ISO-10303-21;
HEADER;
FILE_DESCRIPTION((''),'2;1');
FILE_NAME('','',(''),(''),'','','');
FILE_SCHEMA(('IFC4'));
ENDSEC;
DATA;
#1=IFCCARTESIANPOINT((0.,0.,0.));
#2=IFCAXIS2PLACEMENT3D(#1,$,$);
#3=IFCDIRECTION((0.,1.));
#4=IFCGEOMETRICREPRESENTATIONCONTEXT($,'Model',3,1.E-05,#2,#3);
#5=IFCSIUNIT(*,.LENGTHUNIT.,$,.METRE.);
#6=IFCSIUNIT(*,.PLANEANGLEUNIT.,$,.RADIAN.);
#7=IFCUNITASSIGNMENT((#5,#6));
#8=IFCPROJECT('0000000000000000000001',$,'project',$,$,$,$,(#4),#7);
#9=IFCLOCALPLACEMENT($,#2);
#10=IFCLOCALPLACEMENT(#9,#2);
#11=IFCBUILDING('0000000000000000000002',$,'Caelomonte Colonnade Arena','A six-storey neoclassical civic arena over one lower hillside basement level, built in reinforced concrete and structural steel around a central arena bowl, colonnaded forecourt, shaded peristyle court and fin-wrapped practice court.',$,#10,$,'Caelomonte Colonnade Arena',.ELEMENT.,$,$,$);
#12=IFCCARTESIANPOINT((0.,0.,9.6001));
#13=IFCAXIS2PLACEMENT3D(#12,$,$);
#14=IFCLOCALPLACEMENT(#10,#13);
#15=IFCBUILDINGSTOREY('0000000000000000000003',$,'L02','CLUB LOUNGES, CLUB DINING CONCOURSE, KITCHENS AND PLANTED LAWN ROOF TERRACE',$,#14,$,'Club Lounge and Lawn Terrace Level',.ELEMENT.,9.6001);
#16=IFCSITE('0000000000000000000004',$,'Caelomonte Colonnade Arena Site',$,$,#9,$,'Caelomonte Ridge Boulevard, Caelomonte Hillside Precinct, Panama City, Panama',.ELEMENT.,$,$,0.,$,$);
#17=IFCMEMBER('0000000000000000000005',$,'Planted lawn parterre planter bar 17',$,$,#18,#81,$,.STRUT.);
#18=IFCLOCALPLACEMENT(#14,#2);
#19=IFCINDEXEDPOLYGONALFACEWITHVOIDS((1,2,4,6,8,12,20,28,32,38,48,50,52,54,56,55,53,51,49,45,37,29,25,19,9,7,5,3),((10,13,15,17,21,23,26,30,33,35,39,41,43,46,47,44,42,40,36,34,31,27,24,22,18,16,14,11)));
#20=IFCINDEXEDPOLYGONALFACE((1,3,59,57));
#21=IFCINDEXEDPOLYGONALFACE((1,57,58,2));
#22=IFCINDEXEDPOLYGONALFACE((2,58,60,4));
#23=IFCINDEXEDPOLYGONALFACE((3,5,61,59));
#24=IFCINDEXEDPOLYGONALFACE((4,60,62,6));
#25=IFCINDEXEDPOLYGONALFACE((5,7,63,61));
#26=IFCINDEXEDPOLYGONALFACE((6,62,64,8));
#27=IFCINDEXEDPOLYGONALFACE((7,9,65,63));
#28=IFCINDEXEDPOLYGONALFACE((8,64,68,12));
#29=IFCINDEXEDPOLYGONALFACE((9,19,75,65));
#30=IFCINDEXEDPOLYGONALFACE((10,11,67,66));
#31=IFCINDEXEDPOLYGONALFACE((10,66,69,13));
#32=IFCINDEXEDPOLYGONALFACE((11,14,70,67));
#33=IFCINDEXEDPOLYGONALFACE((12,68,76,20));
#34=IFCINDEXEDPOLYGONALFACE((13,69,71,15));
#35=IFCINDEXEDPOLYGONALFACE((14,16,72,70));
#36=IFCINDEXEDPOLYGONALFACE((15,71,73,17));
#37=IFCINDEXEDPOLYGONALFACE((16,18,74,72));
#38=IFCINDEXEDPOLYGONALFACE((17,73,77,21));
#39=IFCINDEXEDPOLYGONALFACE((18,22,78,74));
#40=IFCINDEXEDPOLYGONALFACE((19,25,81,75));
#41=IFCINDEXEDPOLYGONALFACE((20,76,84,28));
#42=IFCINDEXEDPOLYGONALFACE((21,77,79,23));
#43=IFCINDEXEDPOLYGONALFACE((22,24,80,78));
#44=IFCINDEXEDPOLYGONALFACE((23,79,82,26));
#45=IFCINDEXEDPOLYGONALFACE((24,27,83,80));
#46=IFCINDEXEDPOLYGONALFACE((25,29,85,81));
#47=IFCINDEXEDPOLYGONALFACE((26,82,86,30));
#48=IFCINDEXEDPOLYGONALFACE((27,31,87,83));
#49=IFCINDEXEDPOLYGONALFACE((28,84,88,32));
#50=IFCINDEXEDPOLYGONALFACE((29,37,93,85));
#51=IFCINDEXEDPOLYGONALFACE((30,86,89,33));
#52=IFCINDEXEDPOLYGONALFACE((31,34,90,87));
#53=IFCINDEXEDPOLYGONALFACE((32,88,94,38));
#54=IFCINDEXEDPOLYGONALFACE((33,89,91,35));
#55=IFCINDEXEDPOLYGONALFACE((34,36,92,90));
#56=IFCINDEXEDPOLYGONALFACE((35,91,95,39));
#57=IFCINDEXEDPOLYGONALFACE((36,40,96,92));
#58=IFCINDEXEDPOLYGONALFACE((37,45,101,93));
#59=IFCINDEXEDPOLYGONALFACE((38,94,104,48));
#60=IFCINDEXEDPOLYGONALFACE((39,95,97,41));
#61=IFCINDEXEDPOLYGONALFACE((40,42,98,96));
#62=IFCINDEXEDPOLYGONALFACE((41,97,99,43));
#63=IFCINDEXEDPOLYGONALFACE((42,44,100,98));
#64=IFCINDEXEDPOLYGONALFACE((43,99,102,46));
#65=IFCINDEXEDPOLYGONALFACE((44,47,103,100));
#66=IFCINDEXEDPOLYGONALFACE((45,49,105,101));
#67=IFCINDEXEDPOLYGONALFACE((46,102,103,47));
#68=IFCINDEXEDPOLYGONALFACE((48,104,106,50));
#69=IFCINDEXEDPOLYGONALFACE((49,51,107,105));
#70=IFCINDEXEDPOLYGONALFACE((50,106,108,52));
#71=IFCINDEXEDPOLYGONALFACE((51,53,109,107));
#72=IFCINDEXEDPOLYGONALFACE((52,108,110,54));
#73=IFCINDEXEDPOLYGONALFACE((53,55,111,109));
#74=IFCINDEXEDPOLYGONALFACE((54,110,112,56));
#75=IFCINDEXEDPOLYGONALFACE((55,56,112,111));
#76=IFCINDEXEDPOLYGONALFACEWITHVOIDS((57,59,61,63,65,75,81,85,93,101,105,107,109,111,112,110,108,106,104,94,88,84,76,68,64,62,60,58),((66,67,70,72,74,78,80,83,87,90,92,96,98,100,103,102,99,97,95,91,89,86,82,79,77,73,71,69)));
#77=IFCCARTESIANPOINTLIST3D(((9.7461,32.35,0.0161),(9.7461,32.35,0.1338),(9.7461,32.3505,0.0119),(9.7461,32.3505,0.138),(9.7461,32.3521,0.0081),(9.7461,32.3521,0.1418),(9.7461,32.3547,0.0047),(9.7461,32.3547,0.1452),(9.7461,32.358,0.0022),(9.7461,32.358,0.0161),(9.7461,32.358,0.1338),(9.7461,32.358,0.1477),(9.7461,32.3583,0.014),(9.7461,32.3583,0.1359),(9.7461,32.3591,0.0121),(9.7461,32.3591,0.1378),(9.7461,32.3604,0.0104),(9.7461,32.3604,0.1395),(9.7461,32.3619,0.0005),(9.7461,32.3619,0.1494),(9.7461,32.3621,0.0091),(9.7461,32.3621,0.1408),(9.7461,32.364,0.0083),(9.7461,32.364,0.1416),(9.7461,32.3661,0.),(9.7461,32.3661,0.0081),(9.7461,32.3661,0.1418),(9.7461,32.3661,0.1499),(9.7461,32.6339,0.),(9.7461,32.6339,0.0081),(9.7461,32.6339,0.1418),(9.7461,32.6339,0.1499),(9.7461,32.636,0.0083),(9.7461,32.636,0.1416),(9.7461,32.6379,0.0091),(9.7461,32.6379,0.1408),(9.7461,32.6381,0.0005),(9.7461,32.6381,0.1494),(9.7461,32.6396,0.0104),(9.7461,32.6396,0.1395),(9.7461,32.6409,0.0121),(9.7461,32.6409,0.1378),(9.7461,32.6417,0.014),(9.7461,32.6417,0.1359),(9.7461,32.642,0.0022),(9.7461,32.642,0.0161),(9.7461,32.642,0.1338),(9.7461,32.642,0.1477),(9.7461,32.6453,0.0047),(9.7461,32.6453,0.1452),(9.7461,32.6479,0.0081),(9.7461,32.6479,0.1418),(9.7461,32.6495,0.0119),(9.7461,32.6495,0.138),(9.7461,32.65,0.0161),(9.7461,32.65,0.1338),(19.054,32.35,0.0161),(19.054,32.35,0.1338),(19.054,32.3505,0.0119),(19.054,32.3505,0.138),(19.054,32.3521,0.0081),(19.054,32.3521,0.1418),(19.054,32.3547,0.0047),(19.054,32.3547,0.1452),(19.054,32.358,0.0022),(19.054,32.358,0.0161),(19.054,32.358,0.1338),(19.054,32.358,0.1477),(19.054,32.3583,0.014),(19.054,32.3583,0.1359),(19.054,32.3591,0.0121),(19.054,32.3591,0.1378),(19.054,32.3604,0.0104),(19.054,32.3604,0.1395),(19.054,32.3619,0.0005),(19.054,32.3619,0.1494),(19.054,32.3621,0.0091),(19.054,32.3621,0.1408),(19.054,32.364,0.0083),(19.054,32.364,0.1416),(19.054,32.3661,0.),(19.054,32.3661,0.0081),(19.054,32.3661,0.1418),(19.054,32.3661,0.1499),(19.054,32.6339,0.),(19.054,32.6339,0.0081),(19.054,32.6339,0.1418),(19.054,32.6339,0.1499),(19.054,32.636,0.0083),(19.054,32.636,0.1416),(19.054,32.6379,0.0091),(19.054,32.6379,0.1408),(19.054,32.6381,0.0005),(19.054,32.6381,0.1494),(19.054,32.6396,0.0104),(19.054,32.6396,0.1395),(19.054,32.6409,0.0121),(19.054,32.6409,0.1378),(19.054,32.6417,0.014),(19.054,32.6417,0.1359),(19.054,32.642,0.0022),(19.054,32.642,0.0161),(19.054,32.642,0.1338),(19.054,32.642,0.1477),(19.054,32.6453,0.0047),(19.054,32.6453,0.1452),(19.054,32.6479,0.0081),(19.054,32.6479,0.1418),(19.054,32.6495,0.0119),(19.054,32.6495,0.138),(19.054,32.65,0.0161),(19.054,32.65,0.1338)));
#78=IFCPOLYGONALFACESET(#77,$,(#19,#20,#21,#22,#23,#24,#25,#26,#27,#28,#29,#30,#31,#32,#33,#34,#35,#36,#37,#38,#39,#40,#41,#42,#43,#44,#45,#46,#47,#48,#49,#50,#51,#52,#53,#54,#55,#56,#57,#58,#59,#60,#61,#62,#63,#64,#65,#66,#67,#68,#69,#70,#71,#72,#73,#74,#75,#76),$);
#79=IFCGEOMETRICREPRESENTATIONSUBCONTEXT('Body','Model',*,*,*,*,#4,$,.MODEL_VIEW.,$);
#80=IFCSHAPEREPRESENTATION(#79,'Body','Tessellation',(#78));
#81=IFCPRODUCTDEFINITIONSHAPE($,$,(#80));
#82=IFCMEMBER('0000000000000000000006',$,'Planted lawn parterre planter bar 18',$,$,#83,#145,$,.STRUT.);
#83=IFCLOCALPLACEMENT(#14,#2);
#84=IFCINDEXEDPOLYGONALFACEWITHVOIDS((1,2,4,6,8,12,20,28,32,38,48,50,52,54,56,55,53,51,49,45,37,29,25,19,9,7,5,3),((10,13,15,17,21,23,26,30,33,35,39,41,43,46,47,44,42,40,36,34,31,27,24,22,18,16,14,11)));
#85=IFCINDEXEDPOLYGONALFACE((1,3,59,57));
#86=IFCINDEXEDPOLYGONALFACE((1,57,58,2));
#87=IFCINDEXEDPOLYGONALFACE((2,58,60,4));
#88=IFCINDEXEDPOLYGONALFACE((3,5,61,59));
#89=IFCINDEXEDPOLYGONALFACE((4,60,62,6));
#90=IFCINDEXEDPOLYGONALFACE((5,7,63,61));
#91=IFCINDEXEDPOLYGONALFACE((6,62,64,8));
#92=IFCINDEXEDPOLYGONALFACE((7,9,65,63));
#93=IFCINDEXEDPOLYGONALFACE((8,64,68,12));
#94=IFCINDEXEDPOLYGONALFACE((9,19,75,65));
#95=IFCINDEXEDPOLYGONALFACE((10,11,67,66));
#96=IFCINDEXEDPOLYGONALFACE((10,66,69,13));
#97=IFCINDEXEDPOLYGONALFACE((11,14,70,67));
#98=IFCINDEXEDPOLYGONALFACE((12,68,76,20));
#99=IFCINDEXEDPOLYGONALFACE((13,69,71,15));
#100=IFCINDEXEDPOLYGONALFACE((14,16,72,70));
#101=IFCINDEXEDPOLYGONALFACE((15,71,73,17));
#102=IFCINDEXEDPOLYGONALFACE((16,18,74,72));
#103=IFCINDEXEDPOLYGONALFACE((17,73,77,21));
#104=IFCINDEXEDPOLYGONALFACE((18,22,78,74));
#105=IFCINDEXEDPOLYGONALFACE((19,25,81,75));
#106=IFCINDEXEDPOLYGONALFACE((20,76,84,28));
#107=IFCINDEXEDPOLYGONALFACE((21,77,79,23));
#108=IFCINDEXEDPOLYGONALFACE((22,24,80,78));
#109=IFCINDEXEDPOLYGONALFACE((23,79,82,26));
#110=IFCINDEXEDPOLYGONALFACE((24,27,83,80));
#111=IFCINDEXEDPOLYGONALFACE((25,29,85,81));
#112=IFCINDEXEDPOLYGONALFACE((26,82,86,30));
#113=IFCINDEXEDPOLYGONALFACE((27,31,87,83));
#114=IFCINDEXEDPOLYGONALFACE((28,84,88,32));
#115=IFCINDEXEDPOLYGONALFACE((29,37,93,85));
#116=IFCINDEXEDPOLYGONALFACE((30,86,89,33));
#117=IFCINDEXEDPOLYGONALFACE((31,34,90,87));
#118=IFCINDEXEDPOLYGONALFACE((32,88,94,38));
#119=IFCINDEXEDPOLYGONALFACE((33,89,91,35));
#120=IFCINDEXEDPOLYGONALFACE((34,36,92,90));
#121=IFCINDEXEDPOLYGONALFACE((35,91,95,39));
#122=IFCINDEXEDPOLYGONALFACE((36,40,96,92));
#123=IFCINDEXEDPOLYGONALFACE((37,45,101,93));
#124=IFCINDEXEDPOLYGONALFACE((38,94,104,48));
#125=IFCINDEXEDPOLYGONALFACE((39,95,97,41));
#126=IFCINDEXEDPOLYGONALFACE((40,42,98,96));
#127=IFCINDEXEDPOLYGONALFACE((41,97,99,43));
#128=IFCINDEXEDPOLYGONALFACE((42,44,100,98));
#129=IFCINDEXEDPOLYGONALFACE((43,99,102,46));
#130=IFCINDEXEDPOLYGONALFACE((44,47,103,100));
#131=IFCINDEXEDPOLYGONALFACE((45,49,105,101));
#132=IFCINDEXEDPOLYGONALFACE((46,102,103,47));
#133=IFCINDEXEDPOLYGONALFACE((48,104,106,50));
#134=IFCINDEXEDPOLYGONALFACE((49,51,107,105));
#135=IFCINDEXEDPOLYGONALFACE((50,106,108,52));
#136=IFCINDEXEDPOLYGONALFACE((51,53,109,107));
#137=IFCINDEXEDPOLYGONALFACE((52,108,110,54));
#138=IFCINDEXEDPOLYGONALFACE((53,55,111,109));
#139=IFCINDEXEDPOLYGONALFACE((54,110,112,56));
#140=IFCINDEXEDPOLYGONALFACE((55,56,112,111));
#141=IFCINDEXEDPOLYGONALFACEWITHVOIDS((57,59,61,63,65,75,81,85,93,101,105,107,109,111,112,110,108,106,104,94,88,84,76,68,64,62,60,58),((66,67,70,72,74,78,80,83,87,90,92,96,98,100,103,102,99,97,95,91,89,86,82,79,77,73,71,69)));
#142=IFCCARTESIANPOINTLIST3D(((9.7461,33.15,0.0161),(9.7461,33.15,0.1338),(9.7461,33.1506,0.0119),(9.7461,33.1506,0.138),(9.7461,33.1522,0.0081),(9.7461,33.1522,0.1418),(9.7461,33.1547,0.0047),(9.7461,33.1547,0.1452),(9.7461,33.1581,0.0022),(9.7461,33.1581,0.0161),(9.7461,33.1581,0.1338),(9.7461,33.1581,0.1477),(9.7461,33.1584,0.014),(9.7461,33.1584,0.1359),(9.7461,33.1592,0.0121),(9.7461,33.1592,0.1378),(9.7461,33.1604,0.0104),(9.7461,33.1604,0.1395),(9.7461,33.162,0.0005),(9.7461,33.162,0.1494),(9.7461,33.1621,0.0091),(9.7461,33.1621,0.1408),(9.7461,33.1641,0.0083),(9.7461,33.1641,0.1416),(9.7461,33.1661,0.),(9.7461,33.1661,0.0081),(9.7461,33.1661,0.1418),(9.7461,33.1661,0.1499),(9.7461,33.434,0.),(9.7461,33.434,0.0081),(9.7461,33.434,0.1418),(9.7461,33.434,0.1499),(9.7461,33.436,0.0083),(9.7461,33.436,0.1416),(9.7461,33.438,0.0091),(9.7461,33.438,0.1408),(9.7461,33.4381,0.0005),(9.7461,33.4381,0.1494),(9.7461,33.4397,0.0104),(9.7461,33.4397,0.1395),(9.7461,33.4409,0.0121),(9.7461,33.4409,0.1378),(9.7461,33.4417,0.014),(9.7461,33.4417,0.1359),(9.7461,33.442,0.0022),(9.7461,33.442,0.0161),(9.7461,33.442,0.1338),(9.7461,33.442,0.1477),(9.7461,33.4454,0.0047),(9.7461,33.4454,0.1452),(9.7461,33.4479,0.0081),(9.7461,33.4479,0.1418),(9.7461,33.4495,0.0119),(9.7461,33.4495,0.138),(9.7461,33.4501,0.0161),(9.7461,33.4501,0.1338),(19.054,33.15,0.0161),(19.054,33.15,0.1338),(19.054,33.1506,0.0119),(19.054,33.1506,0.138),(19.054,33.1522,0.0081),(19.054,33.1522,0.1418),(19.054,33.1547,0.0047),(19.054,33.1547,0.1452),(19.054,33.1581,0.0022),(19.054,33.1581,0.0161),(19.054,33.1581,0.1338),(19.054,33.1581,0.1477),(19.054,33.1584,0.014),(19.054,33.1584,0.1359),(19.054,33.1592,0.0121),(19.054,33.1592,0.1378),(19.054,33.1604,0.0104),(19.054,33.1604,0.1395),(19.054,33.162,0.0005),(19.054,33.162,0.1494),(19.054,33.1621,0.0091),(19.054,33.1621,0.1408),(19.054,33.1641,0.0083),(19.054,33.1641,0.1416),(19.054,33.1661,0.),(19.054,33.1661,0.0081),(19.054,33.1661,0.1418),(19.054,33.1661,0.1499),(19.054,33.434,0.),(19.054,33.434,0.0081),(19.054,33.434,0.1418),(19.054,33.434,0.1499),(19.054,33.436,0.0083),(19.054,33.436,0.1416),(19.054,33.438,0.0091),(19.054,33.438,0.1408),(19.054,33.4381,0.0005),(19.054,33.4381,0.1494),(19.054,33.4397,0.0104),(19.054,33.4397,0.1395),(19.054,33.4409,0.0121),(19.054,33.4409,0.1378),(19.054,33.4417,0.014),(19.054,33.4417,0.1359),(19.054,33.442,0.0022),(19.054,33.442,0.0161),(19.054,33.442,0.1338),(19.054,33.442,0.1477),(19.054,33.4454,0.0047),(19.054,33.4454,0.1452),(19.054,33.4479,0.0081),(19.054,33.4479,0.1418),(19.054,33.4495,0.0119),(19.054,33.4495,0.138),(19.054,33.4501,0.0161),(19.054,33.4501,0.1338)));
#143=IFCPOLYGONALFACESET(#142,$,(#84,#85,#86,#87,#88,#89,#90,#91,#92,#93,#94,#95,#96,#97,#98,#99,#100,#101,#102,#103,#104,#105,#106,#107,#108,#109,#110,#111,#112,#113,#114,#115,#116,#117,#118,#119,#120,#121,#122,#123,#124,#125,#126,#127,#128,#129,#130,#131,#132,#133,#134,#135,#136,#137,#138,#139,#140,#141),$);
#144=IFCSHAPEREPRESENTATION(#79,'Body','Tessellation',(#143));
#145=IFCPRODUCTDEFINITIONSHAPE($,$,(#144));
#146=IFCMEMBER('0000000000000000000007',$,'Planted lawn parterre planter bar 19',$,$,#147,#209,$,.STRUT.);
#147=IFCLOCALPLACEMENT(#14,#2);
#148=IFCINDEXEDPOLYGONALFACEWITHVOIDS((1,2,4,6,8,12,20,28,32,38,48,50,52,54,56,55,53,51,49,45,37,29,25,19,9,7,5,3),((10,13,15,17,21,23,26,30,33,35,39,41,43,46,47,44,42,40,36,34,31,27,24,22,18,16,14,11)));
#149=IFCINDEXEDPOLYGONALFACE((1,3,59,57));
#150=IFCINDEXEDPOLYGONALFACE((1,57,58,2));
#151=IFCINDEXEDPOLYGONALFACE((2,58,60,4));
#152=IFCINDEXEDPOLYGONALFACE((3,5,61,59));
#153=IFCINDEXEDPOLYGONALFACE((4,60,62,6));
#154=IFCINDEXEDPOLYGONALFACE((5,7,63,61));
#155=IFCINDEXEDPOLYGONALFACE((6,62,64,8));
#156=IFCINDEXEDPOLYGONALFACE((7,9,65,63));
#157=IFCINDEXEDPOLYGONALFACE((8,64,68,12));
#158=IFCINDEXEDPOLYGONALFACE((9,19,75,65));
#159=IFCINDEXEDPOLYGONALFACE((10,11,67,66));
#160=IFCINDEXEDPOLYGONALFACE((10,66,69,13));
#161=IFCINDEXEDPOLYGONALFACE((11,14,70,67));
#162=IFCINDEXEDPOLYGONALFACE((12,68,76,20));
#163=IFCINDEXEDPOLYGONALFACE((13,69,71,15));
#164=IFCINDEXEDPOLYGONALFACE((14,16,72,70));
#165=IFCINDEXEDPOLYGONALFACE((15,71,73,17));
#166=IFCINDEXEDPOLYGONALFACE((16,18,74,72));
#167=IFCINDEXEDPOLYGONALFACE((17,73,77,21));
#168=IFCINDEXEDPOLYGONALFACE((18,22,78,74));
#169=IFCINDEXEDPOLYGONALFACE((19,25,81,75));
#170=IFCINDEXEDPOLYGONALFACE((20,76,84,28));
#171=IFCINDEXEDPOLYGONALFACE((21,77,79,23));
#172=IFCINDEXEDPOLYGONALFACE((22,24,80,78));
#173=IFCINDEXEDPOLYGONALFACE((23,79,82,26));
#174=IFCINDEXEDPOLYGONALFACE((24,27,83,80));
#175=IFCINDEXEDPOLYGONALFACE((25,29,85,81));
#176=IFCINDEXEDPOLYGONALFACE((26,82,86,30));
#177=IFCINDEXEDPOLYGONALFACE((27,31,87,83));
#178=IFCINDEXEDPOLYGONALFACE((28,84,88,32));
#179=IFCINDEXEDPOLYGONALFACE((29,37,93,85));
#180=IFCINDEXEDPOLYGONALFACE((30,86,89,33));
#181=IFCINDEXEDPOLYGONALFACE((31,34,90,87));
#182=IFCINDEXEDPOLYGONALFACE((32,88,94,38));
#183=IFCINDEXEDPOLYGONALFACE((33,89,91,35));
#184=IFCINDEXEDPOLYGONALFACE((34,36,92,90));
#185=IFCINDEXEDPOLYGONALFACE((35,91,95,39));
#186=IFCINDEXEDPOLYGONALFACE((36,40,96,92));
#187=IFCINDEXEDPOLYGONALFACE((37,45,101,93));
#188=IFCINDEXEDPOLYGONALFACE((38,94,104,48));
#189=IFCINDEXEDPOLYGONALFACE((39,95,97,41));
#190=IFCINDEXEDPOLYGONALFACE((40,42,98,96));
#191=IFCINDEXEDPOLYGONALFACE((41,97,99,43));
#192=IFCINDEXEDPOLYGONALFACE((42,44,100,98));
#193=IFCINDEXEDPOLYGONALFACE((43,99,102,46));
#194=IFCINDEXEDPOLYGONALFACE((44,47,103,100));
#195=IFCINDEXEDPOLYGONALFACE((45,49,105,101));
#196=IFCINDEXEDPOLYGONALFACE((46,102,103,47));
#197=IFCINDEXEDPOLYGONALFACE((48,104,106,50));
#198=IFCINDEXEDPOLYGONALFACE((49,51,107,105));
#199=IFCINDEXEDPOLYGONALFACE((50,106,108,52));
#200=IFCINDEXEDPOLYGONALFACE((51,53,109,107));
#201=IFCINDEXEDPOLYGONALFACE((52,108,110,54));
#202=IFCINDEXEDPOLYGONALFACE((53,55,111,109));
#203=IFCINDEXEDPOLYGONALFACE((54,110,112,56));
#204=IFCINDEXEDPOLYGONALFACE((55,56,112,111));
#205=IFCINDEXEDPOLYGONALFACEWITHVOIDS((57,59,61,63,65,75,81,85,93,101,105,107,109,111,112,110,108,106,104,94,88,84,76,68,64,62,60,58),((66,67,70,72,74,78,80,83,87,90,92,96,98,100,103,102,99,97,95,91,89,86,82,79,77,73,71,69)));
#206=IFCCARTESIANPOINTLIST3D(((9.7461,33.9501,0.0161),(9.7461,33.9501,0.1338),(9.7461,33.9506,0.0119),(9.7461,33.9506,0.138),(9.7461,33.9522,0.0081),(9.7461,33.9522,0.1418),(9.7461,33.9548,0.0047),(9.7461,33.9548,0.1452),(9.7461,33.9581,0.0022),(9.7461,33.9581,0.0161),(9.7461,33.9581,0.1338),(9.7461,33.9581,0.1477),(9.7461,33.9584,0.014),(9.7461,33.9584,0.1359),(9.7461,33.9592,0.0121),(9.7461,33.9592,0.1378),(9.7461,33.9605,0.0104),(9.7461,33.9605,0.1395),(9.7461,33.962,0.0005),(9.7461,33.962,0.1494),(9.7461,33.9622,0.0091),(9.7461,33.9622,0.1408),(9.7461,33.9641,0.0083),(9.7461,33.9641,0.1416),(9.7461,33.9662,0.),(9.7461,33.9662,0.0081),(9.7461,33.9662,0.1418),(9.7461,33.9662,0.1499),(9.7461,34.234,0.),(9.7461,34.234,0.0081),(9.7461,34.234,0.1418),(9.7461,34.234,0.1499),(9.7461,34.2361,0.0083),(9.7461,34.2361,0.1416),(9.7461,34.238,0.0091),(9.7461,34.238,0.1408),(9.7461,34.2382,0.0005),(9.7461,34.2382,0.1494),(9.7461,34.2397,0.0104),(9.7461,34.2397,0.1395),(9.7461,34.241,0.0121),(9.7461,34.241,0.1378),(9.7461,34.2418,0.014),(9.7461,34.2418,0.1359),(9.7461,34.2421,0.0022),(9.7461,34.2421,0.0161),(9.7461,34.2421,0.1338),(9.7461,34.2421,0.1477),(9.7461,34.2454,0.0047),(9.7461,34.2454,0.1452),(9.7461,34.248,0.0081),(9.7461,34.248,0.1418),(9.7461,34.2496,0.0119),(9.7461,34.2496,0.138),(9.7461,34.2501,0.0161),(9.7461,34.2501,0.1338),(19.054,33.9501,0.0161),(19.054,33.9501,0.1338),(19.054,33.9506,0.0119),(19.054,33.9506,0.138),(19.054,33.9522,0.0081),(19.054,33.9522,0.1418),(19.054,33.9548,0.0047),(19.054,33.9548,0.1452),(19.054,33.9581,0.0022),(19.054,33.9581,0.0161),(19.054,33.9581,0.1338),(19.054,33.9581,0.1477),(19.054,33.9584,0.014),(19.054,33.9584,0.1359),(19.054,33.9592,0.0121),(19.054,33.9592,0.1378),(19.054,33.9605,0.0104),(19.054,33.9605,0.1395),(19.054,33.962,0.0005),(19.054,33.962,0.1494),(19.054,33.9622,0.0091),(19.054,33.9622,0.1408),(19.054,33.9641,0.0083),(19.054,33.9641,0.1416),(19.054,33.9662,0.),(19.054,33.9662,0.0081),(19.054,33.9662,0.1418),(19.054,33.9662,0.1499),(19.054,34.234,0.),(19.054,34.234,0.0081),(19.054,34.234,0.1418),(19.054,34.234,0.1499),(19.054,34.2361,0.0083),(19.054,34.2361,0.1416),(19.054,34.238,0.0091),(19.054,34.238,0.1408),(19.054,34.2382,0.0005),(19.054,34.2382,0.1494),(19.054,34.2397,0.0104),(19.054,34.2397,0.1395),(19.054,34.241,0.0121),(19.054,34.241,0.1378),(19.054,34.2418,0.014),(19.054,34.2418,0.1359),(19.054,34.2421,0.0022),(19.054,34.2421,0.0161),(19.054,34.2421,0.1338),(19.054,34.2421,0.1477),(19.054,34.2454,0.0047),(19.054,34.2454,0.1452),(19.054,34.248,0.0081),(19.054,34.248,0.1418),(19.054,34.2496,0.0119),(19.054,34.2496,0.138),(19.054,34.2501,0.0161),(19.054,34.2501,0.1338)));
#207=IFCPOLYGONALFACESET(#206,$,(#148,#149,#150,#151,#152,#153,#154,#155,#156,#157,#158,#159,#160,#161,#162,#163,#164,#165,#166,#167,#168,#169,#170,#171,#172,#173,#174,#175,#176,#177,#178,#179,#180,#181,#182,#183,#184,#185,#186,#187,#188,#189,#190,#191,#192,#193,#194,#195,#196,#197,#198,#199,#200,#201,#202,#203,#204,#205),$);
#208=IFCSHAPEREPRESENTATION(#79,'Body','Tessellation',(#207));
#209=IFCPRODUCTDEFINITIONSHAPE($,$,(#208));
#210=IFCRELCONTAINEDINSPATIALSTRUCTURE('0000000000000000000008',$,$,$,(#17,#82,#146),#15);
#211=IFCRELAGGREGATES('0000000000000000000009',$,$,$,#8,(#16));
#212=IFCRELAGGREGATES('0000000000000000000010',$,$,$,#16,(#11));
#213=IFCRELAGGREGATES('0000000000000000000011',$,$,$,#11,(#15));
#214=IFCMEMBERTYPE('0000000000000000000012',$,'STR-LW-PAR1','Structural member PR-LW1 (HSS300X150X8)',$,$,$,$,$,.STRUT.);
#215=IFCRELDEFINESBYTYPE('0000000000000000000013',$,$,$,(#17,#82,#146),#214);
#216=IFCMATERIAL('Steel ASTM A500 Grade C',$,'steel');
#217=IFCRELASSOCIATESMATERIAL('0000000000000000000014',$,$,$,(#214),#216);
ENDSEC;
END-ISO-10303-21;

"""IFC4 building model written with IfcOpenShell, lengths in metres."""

from ifc_helpers import new_model, si_unit, direction, frame, origin, origin_2d, place, context, subcontext, project, spatial, hollow_rectangle, extrude, material, material_profile, profile_set, type_object, element, save


model = new_model("IFC4")

# Units and contexts
model_context = context("Model", 3, precision=1e-05, world=origin(), true_north=direction((0.0, 1.0)))
body_context = subcontext(model_context, "Body", "Model", "MODEL_VIEW")
ifc_project = project(units=[si_unit("LENGTHUNIT", "METRE"), si_unit("PLANEANGLEUNIT", "RADIAN")], contexts=[model_context])

# Site, building, storey
site_placement = place(None, origin())
site = spatial("IfcSite", under=ifc_project, at=site_placement, Name="Caelomonte Colonnade Arena Site", LongName="Caelomonte Ridge Boulevard, Caelomonte Hillside Precinct, Panama City, Panama", CompositionType="ELEMENT", RefElevation=0.0)
building_placement = place(site_placement, origin())
building = spatial("IfcBuilding", under=site, at=building_placement, Name="Caelomonte Colonnade Arena", Description="A six-storey neoclassical civic arena over one lower hillside basement level, built in reinforced concrete and structural steel around a central arena bowl, colonnaded forecourt, shaded peristyle court and fin-wrapped practice court.", LongName="Caelomonte Colonnade Arena", CompositionType="ELEMENT")
storey_placement = place(building_placement, frame((0.0, 0.0, 9.6001)))
storey = spatial("IfcBuildingStorey", under=building, at=storey_placement, Name="L02", Description="CLUB LOUNGES, CLUB DINING CONCOURSE, KITCHENS AND PLANTED LAWN ROOF TERRACE", LongName="Club Lounge and Lawn Terrace Level", CompositionType="ELEMENT", Elevation=9.6001)

# Members
ifc_material_1 = material(Name="Steel ASTM A500 Grade C", Category="steel")
ifc_material_profile_1 = material_profile(ifc_material_1, hollow_rectangle(XDim=0.3, YDim=0.1499, WallThickness=0.0081, InnerFilletRadius=0.0081, OuterFilletRadius=0.0161, at=origin_2d()), Name="HSS300X150X8")
ifc_profile_set_1 = profile_set([ifc_material_profile_1], Name="Steel ASTM A500 Grade C")
member_type = type_object("IfcMemberType", Name="STR-LW-PAR1", Description="Structural member PR-LW1 (HSS300X150X8)", PredefinedType="STRUT", material=ifc_profile_set_1)
for number, where, z_axis, x_axis, name in (
    (1, (9.7461, 32.5, 0.075), (1.0, 0.0, 0.0), (0.0, 1.0, 0.0), "Planted lawn parterre planter bar 17"),
    (2, (9.7461, 33.3, 0.075), (1.0, 0.0, 0.0), (0.0, 1.0, 0.0), "Planted lawn parterre planter bar 18"),
    (3, (9.7461, 34.1001, 0.075), (1.0, 0.0, 0.0), (0.0, 1.0, 0.0), "Planted lawn parterre planter bar 19"),
):
    element("IfcMember", number, at=place(storey_placement, frame(where, z_axis=z_axis, x_axis=x_axis)), inside=storey, type_object=member_type, Name=name, PredefinedType="STRUT", context=body_context, shape_type="SweptSolid", body=[
        extrude(hollow_rectangle(XDim=0.3, YDim=0.1499, WallThickness=0.0081, InnerFilletRadius=0.0081, OuterFilletRadius=0.0161, at=origin_2d()), origin(), (0.0, 0.0, 1.0), 9.3079),
    ])

save(model, "model.ifc")
